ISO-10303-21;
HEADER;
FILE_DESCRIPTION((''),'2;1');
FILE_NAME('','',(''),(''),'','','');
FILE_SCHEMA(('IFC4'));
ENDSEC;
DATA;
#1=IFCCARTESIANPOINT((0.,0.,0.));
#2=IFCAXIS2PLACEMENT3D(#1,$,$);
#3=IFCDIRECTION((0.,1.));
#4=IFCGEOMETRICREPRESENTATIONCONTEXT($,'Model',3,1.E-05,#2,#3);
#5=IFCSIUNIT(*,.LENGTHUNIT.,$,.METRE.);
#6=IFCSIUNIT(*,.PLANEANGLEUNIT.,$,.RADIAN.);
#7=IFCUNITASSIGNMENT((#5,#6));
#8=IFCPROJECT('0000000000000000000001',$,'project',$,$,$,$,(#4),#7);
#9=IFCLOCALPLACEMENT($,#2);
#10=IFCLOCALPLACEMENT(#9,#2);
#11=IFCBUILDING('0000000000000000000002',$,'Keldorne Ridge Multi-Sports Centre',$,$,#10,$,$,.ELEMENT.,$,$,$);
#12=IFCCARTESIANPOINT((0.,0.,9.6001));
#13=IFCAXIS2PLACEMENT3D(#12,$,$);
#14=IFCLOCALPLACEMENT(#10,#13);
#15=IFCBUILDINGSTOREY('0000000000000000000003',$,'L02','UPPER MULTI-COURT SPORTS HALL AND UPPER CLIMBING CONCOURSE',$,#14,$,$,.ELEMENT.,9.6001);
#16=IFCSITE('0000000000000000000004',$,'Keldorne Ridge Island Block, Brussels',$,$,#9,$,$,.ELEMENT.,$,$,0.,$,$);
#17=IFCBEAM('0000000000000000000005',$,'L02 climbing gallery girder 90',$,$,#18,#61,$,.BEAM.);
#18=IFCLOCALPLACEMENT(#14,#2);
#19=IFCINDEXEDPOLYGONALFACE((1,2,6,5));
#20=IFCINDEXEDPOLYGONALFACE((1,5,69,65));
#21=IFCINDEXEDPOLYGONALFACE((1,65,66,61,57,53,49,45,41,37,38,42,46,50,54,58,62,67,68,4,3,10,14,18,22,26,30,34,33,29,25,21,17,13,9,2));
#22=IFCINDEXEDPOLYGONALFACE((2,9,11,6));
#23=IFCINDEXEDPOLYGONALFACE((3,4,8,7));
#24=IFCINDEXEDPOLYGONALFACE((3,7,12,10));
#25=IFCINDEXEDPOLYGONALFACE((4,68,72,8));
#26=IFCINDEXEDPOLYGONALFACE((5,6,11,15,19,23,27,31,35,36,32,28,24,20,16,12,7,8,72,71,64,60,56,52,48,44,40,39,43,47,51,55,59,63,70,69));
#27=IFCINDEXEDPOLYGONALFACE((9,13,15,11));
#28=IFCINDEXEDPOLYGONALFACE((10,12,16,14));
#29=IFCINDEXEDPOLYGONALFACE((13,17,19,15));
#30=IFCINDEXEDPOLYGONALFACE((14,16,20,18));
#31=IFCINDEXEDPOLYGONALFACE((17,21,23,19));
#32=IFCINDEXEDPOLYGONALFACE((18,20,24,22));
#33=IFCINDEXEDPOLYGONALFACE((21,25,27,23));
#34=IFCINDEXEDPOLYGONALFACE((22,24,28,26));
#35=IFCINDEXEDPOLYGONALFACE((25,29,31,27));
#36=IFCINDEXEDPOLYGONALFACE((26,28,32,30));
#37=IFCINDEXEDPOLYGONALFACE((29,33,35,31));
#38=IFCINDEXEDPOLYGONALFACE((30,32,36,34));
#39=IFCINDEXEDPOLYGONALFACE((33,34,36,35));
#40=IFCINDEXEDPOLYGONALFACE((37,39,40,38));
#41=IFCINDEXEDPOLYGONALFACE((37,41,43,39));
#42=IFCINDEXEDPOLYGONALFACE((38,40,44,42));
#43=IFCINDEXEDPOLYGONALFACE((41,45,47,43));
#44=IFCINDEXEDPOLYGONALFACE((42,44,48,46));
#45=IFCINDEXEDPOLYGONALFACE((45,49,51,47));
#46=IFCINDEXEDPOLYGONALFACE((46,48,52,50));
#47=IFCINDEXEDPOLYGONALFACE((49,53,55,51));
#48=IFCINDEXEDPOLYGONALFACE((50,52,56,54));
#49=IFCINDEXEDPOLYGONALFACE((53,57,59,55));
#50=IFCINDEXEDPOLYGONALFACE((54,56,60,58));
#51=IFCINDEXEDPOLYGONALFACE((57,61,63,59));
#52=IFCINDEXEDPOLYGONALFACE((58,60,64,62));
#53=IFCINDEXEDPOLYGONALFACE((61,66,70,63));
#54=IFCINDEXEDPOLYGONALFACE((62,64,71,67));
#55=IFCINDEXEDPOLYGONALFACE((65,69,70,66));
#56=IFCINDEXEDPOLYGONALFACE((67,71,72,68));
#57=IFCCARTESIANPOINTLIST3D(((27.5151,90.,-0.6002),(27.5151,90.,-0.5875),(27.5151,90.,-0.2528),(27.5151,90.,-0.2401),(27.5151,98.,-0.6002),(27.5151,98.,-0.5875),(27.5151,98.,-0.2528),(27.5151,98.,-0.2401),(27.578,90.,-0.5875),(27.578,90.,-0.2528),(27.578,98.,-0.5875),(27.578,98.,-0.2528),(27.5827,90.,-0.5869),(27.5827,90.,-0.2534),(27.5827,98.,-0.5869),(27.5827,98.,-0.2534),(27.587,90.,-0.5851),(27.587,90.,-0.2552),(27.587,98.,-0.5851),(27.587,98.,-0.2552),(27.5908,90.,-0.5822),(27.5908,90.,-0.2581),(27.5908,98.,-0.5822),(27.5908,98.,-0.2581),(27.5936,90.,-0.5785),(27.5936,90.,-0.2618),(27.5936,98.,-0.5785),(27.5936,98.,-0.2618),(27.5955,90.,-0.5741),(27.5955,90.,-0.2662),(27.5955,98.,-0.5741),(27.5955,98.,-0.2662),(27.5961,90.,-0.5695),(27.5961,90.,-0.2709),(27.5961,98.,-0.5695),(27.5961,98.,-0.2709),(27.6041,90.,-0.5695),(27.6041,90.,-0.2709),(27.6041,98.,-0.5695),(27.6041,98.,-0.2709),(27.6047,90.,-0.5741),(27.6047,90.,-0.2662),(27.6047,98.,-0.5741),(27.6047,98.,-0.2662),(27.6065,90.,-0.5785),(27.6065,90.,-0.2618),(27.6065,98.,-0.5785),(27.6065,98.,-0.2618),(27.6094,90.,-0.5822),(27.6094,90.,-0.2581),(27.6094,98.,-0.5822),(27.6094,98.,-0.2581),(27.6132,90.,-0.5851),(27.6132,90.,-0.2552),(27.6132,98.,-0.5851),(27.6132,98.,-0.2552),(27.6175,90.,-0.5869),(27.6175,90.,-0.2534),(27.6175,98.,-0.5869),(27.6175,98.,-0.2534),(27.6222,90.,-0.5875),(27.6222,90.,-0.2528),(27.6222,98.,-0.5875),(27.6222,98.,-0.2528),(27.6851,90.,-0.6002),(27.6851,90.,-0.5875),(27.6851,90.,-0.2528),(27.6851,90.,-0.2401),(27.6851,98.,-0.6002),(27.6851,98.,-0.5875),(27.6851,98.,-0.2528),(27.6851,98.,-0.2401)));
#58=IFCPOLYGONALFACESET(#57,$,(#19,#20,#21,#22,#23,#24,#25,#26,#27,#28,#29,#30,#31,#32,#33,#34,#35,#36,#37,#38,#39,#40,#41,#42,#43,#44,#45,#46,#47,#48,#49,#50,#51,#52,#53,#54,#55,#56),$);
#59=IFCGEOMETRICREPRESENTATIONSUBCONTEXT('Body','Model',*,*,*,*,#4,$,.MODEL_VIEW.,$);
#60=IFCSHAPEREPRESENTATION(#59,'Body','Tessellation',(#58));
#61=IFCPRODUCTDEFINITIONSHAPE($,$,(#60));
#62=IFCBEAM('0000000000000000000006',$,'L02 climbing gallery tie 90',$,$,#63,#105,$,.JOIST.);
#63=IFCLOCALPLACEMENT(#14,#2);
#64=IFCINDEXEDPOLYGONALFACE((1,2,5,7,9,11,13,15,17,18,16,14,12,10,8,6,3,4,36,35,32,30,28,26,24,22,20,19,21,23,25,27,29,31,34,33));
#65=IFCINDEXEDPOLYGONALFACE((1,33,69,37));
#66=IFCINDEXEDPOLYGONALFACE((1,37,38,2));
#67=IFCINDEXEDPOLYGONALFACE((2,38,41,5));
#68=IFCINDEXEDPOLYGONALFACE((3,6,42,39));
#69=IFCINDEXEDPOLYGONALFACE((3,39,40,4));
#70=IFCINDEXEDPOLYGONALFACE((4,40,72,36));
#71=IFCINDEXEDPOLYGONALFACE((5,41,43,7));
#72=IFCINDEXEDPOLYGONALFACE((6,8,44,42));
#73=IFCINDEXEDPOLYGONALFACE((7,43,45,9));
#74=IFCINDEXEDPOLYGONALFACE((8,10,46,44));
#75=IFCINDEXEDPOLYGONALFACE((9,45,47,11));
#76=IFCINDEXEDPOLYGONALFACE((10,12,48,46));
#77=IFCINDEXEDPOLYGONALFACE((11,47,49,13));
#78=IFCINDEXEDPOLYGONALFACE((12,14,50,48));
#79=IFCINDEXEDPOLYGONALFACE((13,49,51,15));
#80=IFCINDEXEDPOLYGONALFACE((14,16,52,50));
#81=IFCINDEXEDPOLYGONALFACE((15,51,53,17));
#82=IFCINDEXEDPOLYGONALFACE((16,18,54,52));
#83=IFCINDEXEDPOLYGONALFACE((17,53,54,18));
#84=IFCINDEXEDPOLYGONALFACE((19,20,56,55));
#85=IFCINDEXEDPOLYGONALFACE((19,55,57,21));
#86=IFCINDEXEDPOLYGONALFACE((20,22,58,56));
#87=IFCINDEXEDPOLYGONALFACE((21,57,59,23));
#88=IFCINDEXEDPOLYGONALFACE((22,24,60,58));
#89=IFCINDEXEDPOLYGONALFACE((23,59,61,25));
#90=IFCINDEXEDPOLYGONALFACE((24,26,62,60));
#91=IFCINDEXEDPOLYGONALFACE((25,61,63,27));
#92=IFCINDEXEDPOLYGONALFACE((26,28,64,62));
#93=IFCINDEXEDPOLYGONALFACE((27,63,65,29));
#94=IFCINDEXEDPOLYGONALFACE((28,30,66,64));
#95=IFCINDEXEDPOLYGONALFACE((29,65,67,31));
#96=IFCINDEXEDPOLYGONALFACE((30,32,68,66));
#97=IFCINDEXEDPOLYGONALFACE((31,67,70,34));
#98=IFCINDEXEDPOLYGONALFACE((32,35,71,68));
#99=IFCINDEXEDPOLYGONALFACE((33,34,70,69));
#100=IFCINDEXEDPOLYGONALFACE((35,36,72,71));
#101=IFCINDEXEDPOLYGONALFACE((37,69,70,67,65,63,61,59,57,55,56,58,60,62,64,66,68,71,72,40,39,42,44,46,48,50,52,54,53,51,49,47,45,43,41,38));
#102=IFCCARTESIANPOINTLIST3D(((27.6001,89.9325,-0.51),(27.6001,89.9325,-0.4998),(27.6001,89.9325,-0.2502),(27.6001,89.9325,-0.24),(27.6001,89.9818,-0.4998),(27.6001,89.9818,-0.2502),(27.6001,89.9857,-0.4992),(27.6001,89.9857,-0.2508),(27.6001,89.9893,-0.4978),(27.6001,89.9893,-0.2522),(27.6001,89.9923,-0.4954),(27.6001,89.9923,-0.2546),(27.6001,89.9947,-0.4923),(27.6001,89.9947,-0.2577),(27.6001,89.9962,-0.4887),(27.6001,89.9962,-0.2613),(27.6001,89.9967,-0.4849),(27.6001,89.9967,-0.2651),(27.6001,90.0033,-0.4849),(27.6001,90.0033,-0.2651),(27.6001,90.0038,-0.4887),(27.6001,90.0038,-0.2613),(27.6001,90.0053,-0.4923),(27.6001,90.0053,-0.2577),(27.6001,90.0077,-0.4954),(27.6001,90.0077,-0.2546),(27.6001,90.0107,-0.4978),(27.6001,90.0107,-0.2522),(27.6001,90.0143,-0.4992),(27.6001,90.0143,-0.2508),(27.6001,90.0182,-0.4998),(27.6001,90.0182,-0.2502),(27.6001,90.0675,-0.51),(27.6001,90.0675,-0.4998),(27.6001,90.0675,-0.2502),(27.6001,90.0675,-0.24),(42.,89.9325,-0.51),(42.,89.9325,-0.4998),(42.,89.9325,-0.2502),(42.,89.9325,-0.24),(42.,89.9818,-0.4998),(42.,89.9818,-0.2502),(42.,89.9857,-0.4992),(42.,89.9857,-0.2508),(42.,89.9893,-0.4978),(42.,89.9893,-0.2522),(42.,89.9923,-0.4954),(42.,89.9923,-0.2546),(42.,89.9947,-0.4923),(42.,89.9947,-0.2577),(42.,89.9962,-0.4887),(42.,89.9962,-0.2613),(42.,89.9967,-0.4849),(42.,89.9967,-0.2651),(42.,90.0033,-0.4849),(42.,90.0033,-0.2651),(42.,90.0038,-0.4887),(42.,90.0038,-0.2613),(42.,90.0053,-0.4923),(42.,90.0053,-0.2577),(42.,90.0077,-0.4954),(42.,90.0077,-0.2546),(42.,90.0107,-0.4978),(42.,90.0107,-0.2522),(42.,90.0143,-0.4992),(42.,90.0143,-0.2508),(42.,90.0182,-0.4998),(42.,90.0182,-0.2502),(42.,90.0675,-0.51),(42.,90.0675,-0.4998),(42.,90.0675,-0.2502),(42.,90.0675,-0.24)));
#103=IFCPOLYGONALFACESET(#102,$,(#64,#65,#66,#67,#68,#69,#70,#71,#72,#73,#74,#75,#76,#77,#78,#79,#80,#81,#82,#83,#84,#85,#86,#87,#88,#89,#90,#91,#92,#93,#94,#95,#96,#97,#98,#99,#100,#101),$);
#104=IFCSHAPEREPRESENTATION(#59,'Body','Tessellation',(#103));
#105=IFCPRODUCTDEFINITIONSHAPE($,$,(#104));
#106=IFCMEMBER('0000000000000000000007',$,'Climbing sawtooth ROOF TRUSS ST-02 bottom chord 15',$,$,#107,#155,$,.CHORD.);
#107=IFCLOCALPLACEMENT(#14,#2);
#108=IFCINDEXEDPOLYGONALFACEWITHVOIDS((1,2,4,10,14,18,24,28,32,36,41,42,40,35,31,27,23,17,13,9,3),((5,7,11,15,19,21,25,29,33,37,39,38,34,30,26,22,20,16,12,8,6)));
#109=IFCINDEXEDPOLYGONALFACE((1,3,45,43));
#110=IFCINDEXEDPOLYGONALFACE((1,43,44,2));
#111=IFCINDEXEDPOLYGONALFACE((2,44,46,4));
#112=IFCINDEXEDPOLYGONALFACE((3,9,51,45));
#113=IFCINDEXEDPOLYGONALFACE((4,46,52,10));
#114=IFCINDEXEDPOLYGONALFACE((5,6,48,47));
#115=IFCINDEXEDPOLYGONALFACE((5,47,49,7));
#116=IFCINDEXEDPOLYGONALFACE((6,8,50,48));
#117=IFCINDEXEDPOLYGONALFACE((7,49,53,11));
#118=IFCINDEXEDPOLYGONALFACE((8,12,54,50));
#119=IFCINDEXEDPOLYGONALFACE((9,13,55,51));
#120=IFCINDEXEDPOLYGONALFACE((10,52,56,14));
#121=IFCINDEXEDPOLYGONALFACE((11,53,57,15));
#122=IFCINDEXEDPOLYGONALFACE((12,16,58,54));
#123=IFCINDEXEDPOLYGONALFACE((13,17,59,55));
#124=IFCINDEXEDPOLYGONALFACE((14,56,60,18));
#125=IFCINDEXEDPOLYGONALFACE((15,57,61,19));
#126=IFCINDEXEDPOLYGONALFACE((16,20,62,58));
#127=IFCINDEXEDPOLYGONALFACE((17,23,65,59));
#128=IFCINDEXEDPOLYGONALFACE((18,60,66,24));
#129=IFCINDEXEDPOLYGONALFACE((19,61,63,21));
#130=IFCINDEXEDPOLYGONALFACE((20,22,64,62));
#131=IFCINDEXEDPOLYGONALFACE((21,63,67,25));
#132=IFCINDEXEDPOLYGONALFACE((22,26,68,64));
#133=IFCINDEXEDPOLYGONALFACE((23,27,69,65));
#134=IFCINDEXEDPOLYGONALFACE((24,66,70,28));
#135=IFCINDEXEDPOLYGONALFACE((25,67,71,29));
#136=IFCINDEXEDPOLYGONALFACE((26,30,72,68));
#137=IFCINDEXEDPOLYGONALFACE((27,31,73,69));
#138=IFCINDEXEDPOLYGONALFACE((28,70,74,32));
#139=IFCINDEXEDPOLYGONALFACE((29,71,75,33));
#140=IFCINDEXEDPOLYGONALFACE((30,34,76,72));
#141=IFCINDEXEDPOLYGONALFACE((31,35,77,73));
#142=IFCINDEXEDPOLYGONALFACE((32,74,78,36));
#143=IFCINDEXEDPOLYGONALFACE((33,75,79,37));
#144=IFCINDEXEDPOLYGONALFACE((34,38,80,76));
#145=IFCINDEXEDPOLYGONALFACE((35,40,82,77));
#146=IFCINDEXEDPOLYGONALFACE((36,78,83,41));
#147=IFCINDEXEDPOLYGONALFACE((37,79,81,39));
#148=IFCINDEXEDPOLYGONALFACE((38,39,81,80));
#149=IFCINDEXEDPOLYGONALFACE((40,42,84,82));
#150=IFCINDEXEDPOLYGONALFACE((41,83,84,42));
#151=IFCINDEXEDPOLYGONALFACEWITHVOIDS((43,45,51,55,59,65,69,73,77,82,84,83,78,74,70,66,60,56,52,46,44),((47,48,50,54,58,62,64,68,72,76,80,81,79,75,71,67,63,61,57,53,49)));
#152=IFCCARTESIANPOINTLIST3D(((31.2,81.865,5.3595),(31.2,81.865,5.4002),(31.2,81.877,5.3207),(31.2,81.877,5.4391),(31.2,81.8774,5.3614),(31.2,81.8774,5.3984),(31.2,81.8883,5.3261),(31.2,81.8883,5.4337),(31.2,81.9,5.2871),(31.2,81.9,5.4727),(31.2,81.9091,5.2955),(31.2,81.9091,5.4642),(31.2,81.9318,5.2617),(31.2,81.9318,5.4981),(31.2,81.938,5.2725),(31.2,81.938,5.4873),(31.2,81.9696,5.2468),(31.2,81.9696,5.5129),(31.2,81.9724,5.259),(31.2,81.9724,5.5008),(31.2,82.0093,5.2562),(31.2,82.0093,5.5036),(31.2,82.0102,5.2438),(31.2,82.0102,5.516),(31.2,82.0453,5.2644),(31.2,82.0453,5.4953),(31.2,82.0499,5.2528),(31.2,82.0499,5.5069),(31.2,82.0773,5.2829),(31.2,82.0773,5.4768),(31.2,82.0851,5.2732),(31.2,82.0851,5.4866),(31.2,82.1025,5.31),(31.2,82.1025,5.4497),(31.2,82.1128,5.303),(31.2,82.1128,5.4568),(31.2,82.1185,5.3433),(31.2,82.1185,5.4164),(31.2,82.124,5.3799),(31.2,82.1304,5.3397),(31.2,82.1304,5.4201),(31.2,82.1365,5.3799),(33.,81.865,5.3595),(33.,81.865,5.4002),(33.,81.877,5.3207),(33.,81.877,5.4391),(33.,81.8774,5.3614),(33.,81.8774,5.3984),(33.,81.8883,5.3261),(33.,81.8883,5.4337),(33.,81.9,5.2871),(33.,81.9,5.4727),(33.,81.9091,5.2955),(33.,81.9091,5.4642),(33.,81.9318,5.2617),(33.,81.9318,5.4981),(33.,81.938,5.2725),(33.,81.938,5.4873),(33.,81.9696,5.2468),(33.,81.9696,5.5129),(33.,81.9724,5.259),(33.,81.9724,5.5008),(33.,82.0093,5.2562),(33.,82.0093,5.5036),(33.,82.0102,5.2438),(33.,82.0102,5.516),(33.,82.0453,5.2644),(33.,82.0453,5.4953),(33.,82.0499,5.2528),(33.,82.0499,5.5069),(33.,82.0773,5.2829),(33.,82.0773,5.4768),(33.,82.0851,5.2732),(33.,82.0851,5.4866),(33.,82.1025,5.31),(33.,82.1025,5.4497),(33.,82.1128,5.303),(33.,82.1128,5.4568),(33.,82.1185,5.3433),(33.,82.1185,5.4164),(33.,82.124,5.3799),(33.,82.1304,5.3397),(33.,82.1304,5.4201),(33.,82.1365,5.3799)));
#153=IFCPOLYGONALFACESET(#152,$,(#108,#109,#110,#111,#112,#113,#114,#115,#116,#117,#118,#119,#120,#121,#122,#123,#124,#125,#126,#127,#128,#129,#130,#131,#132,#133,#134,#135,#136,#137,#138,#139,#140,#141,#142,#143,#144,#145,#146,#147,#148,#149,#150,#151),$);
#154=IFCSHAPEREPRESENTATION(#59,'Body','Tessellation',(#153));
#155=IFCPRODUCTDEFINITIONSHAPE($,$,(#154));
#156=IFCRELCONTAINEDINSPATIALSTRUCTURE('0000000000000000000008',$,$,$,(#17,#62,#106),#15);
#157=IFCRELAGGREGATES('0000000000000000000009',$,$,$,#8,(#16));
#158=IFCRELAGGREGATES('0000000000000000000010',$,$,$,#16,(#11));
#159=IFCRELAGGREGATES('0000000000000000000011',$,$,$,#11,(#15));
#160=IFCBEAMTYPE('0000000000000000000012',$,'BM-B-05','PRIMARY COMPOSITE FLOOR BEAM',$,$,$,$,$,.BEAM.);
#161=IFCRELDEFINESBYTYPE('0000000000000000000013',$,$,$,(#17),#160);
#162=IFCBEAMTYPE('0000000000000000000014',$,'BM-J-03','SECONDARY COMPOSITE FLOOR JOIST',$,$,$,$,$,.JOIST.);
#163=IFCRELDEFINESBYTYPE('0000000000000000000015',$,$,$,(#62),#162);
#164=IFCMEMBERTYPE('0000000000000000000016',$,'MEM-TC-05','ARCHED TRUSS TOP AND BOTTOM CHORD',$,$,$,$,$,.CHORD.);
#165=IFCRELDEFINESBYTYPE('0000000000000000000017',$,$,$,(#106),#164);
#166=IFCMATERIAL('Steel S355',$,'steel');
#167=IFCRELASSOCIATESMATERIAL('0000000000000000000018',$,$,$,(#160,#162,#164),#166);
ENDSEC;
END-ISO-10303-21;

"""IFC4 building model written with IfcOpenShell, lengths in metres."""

from ifc_helpers import new_model, si_unit, direction, frame, origin, origin_2d, place, context, subcontext, project, spatial, hollow_circle, i_section, extrude, material, material_profile, profile_set, type_object, element, save


model = new_model("IFC4")

# Units and contexts
model_context = context("Model", 3, precision=1e-05, world=origin(), true_north=direction((0.0, 1.0)))
body_context = subcontext(model_context, "Body", "Model", "MODEL_VIEW")
ifc_project = project(units=[si_unit("LENGTHUNIT", "METRE"), si_unit("PLANEANGLEUNIT", "RADIAN")], contexts=[model_context])

# Site, building, storey
site_placement = place(None, origin())
site = spatial("IfcSite", under=ifc_project, at=site_placement, Name="Keldorne Ridge Island Block, Brussels", CompositionType="ELEMENT", RefElevation=0.0)
building_placement = place(site_placement, origin())
building = spatial("IfcBuilding", under=site, at=building_placement, Name="Keldorne Ridge Multi-Sports Centre", CompositionType="ELEMENT")
storey_placement = place(building_placement, frame((0.0, 0.0, 9.6001)))
storey = spatial("IfcBuildingStorey", under=building, at=storey_placement, Name="L02", Description="UPPER MULTI-COURT SPORTS HALL AND UPPER CLIMBING CONCOURSE", CompositionType="ELEMENT", Elevation=9.6001)

# Beams
ifc_material = material(Name="Steel S355", Category="steel")
ifc_material_profile_1 = material_profile(ifc_material, i_section(OverallWidth=0.1699, OverallDepth=0.3601, WebThickness=0.0081, FlangeThickness=0.0127, FilletRadius=0.0181, at=origin_2d()), Name="IPE 360")
ifc_profile_set_1 = profile_set([ifc_material_profile_1], Name="Steel S355")
beam_type_1 = type_object("IfcBeamType", Name="BM-B-05", Description="PRIMARY COMPOSITE FLOOR BEAM", PredefinedType="BEAM", material=ifc_profile_set_1)
beam_1_placement = place(storey_placement, frame((27.6001, 90.0, -0.4202), z_axis=(0.0, 1.0, 0.0), x_axis=(-1.0, 0.0, 0.0)))
element("IfcBeam", 1, at=beam_1_placement, inside=storey, type_object=beam_type_1, Name="L02 climbing gallery girder 90", PredefinedType="BEAM", context=body_context, shape_type="SweptSolid", body=[
    extrude(i_section(OverallWidth=0.1699, OverallDepth=0.3601, WebThickness=0.0081, FlangeThickness=0.0127, FilletRadius=0.0181, at=origin_2d()), origin(), (0.0, 0.0, 1.0), 8.0),
])
ifc_material_profile_2 = material_profile(ifc_material, i_section(OverallWidth=0.135, OverallDepth=0.27, WebThickness=0.0066, FlangeThickness=0.0103, FilletRadius=0.0149, at=origin_2d()), Name="IPE 270")
ifc_profile_set_2 = profile_set([ifc_material_profile_2], Name="Steel S355")
beam_type_2 = type_object("IfcBeamType", Name="BM-J-03", Description="SECONDARY COMPOSITE FLOOR JOIST", PredefinedType="JOIST", material=ifc_profile_set_2)
beam_2_placement = place(storey_placement, frame((27.6001, 90.0, -0.375), z_axis=(1.0, 0.0, 0.0), x_axis=(0.0, 1.0, 0.0)))
element("IfcBeam", 2, at=beam_2_placement, inside=storey, type_object=beam_type_2, Name="L02 climbing gallery tie 90", PredefinedType="JOIST", context=body_context, shape_type="SweptSolid", body=[
    extrude(i_section(OverallWidth=0.135, OverallDepth=0.27, WebThickness=0.0066, FlangeThickness=0.0103, FilletRadius=0.0149, at=origin_2d()), origin(), (0.0, 0.0, 1.0), 14.3999),
])

# Member
ifc_material_profile_3 = material_profile(ifc_material, hollow_circle(Radius=0.1365, WallThickness=0.0125, at=origin_2d()), Name="CHS 273x12.5")
ifc_profile_set_3 = profile_set([ifc_material_profile_3], Name="Steel S355")
member_type_1 = type_object("IfcMemberType", Name="MEM-TC-05", Description="ARCHED TRUSS TOP AND BOTTOM CHORD", PredefinedType="CHORD", material=ifc_profile_set_3)
for number, where, z_axis, x_axis, name in (
    (3, (31.2, 82.0, 5.3799), (1.0, 0.0, 0.0), (0.0, 1.0, 0.0), "Climbing sawtooth ROOF TRUSS ST-02 bottom chord 15"),
):
    element("IfcMember", number, at=place(storey_placement, frame(where, z_axis=z_axis, x_axis=x_axis)), inside=storey, type_object=member_type_1, Name=name, PredefinedType="CHORD", context=body_context, shape_type="SweptSolid", body=[
        extrude(hollow_circle(Radius=0.1365, WallThickness=0.0125, at=origin_2d()), origin(), (0.0, 0.0, 1.0), 1.8),
    ])

save(model, "model.ifc")
